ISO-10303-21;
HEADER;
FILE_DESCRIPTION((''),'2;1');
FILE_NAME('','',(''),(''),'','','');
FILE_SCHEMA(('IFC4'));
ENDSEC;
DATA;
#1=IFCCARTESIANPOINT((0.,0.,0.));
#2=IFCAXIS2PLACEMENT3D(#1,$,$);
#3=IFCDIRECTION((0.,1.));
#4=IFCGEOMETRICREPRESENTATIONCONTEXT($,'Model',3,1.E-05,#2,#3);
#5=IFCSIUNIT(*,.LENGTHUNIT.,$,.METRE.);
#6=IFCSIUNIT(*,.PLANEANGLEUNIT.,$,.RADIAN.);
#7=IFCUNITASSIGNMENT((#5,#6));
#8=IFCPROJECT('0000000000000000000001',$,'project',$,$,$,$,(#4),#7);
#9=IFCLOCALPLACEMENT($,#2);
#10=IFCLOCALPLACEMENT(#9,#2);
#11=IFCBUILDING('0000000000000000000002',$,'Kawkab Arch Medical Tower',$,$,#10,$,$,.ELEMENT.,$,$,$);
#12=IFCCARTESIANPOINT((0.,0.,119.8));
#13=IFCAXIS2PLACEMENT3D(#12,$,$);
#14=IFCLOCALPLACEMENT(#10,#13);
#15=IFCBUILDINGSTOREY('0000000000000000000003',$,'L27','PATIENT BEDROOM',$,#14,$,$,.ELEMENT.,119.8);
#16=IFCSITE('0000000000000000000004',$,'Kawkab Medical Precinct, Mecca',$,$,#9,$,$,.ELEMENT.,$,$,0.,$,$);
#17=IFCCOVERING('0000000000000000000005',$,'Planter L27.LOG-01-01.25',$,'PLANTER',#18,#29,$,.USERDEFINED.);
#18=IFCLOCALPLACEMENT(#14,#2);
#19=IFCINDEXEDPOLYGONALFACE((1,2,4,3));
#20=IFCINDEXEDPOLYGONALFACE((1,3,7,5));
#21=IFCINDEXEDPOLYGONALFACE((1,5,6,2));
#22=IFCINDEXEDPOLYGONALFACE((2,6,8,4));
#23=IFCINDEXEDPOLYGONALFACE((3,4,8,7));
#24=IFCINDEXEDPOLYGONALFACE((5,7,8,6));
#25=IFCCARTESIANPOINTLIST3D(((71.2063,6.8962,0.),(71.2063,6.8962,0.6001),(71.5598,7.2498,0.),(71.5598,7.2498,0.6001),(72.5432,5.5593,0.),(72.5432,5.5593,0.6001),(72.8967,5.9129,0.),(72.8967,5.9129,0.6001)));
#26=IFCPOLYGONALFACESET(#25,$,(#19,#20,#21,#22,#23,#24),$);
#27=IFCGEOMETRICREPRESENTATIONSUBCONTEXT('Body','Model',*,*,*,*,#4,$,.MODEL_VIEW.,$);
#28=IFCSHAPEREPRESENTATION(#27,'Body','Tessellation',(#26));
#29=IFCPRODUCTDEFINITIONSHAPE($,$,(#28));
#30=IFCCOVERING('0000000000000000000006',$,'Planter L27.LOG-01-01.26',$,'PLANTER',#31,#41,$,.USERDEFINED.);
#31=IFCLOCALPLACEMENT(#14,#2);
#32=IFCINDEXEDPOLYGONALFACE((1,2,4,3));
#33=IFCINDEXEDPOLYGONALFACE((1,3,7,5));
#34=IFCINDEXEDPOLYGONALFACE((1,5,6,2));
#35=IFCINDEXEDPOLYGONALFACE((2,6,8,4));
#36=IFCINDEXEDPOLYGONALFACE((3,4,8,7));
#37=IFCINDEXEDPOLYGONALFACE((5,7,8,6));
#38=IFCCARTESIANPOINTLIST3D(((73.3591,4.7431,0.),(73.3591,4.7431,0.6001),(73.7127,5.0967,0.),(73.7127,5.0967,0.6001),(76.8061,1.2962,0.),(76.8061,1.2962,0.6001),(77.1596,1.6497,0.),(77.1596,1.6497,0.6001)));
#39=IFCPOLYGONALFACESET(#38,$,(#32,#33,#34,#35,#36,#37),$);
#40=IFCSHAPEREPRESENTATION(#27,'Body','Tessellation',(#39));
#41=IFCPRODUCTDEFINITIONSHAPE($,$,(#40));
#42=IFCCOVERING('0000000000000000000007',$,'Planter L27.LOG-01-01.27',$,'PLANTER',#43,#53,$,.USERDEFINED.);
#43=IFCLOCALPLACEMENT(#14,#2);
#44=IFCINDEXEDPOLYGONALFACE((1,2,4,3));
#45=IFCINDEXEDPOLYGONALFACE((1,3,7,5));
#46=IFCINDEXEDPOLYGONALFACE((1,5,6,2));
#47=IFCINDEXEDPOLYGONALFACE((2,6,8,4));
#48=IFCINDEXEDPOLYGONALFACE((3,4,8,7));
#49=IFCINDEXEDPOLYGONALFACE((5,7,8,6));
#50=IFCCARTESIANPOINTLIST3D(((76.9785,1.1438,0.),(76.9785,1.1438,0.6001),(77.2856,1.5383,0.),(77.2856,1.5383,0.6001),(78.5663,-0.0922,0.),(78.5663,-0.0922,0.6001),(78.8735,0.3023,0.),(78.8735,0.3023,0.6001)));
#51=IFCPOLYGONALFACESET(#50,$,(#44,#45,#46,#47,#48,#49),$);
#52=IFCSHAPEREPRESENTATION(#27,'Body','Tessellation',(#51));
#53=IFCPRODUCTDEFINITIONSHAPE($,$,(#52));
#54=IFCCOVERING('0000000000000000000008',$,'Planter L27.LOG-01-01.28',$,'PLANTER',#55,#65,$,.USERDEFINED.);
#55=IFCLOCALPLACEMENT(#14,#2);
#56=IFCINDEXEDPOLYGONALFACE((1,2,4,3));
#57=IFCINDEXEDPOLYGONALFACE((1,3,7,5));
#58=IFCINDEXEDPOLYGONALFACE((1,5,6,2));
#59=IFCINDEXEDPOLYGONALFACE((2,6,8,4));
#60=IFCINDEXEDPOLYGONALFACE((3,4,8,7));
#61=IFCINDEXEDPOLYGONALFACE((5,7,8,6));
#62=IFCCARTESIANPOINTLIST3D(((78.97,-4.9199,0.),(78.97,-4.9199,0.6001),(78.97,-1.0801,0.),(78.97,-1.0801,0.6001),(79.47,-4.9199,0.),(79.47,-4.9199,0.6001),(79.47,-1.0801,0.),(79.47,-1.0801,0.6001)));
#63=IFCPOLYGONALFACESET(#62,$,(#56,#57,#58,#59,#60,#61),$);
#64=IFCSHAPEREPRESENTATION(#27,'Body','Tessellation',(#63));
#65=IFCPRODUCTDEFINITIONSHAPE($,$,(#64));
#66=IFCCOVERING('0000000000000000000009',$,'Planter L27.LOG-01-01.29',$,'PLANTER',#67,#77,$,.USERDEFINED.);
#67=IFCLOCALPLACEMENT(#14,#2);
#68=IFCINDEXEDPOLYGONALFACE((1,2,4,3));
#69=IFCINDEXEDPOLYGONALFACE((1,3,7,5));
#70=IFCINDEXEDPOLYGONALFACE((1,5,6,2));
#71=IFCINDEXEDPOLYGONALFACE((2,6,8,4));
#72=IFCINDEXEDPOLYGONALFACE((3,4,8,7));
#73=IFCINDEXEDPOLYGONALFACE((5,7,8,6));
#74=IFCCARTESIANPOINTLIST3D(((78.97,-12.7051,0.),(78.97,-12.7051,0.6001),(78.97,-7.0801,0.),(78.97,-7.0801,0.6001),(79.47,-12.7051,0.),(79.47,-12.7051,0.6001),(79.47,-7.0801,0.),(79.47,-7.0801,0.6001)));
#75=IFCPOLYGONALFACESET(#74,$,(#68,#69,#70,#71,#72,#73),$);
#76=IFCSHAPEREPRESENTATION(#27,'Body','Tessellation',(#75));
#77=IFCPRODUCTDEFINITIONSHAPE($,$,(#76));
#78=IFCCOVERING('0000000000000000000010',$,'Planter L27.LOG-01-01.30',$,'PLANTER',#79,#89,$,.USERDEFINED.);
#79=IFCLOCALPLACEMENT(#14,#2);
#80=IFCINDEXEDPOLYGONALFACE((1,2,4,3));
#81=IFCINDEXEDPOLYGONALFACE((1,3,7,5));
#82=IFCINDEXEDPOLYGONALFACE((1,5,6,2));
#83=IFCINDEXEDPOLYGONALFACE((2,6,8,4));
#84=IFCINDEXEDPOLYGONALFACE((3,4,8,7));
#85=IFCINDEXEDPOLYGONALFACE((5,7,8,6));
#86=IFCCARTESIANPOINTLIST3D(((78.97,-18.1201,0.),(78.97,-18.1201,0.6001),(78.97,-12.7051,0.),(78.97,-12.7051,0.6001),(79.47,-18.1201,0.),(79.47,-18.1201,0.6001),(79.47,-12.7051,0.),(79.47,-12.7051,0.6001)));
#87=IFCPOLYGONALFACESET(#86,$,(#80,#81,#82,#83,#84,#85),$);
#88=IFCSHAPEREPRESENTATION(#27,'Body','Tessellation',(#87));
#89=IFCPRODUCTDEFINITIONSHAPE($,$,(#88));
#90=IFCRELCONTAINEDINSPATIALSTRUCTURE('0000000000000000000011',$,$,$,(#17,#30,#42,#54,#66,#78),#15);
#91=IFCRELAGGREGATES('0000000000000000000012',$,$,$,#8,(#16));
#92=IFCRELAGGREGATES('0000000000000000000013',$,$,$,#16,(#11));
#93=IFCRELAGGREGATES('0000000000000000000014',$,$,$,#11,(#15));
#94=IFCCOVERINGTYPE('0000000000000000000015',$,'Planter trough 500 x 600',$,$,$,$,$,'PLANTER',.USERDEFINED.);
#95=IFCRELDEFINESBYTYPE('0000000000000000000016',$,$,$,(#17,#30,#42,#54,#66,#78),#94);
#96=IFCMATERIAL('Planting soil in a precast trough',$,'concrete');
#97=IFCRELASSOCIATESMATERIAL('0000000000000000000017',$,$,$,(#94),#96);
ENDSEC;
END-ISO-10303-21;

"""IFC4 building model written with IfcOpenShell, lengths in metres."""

from ifc_helpers import new_model, si_unit, direction, frame, origin, origin_2d, place, context, subcontext, project, spatial, rectangle, extrude, material, material_profile, profile_set, type_object, element, save


model = new_model("IFC4")

# Units and contexts
model_context = context("Model", 3, precision=1e-05, world=origin(), true_north=direction((0.0, 1.0)))
body_context = subcontext(model_context, "Body", "Model", "MODEL_VIEW")
ifc_project = project(units=[si_unit("LENGTHUNIT", "METRE"), si_unit("PLANEANGLEUNIT", "RADIAN")], contexts=[model_context])

# Site, building, storey
site_placement = place(None, origin())
site = spatial("IfcSite", under=ifc_project, at=site_placement, Name="Kawkab Medical Precinct, Mecca", CompositionType="ELEMENT", RefElevation=0.0)
building_placement = place(site_placement, origin())
building = spatial("IfcBuilding", under=site, at=building_placement, Name="Kawkab Arch Medical Tower", CompositionType="ELEMENT")
storey_placement = place(building_placement, frame((0.0, 0.0, 119.8)))
storey = spatial("IfcBuildingStorey", under=building, at=storey_placement, Name="L27", Description="PATIENT BEDROOM", CompositionType="ELEMENT", Elevation=119.8)

# Coverings
ifc_material_1 = material(Name="Planting soil in a precast trough", Category="concrete")
ifc_material_profile_1 = material_profile(ifc_material_1, rectangle(XDim=0.5, YDim=0.6001, at=origin_2d()), Name="Trough 500x600")
ifc_profile_set_1 = profile_set([ifc_material_profile_1], Name="Planting soil in a precast trough")
covering_type_1 = type_object("IfcCoveringType", Name="Planter trough 500 x 600", ElementType="PLANTER", PredefinedType="USERDEFINED", material=ifc_profile_set_1)
covering_1_placement = place(storey_placement, frame((71.3831, 7.073, 0.3), z_axis=(0.707107, -0.707107, 0.0), x_axis=(0.707107, 0.707107, 0.0)))
element("IfcCovering", 1, at=covering_1_placement, inside=storey, type_object=covering_type_1, Name="Planter L27.LOG-01-01.25", ObjectType="PLANTER", PredefinedType="USERDEFINED", context=body_context, shape_type="SweptSolid", body=[
    extrude(rectangle(XDim=0.5, YDim=0.6001, at=origin_2d()), origin(), (0.0, 0.0, 1.0), 1.8906),
])
covering_2_placement = place(storey_placement, frame((73.5359, 4.9199, 0.3), z_axis=(0.707107, -0.707107, 0.0), x_axis=(0.707107, 0.707107, 0.0)))
element("IfcCovering", 2, at=covering_2_placement, inside=storey, type_object=covering_type_1, Name="Planter L27.LOG-01-01.26", ObjectType="PLANTER", PredefinedType="USERDEFINED", context=body_context, shape_type="SweptSolid", body=[
    extrude(rectangle(XDim=0.5, YDim=0.6001, at=origin_2d()), origin(), (0.0, 0.0, 1.0), 4.8748),
])
covering_3_placement = place(storey_placement, frame((77.1321, 1.3411, 0.3), z_axis=(0.789097, -0.614268, 0.0), x_axis=(0.614268, 0.789097, 0.0)))
element("IfcCovering", 3, at=covering_3_placement, inside=storey, type_object=covering_type_1, Name="Planter L27.LOG-01-01.27", ObjectType="PLANTER", PredefinedType="USERDEFINED", context=body_context, shape_type="SweptSolid", body=[
    extrude(rectangle(XDim=0.5, YDim=0.6001, at=origin_2d()), origin(), (0.0, 0.0, 1.0), 2.0122),
])
covering_4_placement = place(storey_placement, frame((79.22, -1.0801, 0.3), z_axis=(0.0, -1.0, 0.0), x_axis=(1.0, 0.0, 0.0)))
element("IfcCovering", 4, at=covering_4_placement, inside=storey, type_object=covering_type_1, Name="Planter L27.LOG-01-01.28", ObjectType="PLANTER", PredefinedType="USERDEFINED", context=body_context, shape_type="SweptSolid", body=[
    extrude(rectangle(XDim=0.5, YDim=0.6001, at=origin_2d()), origin(), (0.0, 0.0, 1.0), 3.8398),
])
covering_5_placement = place(storey_placement, frame((79.22, -7.0801, 0.3), z_axis=(0.0, -1.0, 0.0), x_axis=(1.0, 0.0, 0.0)))
element("IfcCovering", 5, at=covering_5_placement, inside=storey, type_object=covering_type_1, Name="Planter L27.LOG-01-01.29", ObjectType="PLANTER", PredefinedType="USERDEFINED", context=body_context, shape_type="SweptSolid", body=[
    extrude(rectangle(XDim=0.5, YDim=0.6001, at=origin_2d()), origin(), (0.0, 0.0, 1.0), 5.625),
])
covering_6_placement = place(storey_placement, frame((79.22, -12.7051, 0.3), z_axis=(0.0, -1.0, 0.0), x_axis=(1.0, 0.0, 0.0)))
element("IfcCovering", 6, at=covering_6_placement, inside=storey, type_object=covering_type_1, Name="Planter L27.LOG-01-01.30", ObjectType="PLANTER", PredefinedType="USERDEFINED", context=body_context, shape_type="SweptSolid", body=[
    extrude(rectangle(XDim=0.5, YDim=0.6001, at=origin_2d()), origin(), (0.0, 0.0, 1.0), 5.415),
])

save(model, "model.ifc")
